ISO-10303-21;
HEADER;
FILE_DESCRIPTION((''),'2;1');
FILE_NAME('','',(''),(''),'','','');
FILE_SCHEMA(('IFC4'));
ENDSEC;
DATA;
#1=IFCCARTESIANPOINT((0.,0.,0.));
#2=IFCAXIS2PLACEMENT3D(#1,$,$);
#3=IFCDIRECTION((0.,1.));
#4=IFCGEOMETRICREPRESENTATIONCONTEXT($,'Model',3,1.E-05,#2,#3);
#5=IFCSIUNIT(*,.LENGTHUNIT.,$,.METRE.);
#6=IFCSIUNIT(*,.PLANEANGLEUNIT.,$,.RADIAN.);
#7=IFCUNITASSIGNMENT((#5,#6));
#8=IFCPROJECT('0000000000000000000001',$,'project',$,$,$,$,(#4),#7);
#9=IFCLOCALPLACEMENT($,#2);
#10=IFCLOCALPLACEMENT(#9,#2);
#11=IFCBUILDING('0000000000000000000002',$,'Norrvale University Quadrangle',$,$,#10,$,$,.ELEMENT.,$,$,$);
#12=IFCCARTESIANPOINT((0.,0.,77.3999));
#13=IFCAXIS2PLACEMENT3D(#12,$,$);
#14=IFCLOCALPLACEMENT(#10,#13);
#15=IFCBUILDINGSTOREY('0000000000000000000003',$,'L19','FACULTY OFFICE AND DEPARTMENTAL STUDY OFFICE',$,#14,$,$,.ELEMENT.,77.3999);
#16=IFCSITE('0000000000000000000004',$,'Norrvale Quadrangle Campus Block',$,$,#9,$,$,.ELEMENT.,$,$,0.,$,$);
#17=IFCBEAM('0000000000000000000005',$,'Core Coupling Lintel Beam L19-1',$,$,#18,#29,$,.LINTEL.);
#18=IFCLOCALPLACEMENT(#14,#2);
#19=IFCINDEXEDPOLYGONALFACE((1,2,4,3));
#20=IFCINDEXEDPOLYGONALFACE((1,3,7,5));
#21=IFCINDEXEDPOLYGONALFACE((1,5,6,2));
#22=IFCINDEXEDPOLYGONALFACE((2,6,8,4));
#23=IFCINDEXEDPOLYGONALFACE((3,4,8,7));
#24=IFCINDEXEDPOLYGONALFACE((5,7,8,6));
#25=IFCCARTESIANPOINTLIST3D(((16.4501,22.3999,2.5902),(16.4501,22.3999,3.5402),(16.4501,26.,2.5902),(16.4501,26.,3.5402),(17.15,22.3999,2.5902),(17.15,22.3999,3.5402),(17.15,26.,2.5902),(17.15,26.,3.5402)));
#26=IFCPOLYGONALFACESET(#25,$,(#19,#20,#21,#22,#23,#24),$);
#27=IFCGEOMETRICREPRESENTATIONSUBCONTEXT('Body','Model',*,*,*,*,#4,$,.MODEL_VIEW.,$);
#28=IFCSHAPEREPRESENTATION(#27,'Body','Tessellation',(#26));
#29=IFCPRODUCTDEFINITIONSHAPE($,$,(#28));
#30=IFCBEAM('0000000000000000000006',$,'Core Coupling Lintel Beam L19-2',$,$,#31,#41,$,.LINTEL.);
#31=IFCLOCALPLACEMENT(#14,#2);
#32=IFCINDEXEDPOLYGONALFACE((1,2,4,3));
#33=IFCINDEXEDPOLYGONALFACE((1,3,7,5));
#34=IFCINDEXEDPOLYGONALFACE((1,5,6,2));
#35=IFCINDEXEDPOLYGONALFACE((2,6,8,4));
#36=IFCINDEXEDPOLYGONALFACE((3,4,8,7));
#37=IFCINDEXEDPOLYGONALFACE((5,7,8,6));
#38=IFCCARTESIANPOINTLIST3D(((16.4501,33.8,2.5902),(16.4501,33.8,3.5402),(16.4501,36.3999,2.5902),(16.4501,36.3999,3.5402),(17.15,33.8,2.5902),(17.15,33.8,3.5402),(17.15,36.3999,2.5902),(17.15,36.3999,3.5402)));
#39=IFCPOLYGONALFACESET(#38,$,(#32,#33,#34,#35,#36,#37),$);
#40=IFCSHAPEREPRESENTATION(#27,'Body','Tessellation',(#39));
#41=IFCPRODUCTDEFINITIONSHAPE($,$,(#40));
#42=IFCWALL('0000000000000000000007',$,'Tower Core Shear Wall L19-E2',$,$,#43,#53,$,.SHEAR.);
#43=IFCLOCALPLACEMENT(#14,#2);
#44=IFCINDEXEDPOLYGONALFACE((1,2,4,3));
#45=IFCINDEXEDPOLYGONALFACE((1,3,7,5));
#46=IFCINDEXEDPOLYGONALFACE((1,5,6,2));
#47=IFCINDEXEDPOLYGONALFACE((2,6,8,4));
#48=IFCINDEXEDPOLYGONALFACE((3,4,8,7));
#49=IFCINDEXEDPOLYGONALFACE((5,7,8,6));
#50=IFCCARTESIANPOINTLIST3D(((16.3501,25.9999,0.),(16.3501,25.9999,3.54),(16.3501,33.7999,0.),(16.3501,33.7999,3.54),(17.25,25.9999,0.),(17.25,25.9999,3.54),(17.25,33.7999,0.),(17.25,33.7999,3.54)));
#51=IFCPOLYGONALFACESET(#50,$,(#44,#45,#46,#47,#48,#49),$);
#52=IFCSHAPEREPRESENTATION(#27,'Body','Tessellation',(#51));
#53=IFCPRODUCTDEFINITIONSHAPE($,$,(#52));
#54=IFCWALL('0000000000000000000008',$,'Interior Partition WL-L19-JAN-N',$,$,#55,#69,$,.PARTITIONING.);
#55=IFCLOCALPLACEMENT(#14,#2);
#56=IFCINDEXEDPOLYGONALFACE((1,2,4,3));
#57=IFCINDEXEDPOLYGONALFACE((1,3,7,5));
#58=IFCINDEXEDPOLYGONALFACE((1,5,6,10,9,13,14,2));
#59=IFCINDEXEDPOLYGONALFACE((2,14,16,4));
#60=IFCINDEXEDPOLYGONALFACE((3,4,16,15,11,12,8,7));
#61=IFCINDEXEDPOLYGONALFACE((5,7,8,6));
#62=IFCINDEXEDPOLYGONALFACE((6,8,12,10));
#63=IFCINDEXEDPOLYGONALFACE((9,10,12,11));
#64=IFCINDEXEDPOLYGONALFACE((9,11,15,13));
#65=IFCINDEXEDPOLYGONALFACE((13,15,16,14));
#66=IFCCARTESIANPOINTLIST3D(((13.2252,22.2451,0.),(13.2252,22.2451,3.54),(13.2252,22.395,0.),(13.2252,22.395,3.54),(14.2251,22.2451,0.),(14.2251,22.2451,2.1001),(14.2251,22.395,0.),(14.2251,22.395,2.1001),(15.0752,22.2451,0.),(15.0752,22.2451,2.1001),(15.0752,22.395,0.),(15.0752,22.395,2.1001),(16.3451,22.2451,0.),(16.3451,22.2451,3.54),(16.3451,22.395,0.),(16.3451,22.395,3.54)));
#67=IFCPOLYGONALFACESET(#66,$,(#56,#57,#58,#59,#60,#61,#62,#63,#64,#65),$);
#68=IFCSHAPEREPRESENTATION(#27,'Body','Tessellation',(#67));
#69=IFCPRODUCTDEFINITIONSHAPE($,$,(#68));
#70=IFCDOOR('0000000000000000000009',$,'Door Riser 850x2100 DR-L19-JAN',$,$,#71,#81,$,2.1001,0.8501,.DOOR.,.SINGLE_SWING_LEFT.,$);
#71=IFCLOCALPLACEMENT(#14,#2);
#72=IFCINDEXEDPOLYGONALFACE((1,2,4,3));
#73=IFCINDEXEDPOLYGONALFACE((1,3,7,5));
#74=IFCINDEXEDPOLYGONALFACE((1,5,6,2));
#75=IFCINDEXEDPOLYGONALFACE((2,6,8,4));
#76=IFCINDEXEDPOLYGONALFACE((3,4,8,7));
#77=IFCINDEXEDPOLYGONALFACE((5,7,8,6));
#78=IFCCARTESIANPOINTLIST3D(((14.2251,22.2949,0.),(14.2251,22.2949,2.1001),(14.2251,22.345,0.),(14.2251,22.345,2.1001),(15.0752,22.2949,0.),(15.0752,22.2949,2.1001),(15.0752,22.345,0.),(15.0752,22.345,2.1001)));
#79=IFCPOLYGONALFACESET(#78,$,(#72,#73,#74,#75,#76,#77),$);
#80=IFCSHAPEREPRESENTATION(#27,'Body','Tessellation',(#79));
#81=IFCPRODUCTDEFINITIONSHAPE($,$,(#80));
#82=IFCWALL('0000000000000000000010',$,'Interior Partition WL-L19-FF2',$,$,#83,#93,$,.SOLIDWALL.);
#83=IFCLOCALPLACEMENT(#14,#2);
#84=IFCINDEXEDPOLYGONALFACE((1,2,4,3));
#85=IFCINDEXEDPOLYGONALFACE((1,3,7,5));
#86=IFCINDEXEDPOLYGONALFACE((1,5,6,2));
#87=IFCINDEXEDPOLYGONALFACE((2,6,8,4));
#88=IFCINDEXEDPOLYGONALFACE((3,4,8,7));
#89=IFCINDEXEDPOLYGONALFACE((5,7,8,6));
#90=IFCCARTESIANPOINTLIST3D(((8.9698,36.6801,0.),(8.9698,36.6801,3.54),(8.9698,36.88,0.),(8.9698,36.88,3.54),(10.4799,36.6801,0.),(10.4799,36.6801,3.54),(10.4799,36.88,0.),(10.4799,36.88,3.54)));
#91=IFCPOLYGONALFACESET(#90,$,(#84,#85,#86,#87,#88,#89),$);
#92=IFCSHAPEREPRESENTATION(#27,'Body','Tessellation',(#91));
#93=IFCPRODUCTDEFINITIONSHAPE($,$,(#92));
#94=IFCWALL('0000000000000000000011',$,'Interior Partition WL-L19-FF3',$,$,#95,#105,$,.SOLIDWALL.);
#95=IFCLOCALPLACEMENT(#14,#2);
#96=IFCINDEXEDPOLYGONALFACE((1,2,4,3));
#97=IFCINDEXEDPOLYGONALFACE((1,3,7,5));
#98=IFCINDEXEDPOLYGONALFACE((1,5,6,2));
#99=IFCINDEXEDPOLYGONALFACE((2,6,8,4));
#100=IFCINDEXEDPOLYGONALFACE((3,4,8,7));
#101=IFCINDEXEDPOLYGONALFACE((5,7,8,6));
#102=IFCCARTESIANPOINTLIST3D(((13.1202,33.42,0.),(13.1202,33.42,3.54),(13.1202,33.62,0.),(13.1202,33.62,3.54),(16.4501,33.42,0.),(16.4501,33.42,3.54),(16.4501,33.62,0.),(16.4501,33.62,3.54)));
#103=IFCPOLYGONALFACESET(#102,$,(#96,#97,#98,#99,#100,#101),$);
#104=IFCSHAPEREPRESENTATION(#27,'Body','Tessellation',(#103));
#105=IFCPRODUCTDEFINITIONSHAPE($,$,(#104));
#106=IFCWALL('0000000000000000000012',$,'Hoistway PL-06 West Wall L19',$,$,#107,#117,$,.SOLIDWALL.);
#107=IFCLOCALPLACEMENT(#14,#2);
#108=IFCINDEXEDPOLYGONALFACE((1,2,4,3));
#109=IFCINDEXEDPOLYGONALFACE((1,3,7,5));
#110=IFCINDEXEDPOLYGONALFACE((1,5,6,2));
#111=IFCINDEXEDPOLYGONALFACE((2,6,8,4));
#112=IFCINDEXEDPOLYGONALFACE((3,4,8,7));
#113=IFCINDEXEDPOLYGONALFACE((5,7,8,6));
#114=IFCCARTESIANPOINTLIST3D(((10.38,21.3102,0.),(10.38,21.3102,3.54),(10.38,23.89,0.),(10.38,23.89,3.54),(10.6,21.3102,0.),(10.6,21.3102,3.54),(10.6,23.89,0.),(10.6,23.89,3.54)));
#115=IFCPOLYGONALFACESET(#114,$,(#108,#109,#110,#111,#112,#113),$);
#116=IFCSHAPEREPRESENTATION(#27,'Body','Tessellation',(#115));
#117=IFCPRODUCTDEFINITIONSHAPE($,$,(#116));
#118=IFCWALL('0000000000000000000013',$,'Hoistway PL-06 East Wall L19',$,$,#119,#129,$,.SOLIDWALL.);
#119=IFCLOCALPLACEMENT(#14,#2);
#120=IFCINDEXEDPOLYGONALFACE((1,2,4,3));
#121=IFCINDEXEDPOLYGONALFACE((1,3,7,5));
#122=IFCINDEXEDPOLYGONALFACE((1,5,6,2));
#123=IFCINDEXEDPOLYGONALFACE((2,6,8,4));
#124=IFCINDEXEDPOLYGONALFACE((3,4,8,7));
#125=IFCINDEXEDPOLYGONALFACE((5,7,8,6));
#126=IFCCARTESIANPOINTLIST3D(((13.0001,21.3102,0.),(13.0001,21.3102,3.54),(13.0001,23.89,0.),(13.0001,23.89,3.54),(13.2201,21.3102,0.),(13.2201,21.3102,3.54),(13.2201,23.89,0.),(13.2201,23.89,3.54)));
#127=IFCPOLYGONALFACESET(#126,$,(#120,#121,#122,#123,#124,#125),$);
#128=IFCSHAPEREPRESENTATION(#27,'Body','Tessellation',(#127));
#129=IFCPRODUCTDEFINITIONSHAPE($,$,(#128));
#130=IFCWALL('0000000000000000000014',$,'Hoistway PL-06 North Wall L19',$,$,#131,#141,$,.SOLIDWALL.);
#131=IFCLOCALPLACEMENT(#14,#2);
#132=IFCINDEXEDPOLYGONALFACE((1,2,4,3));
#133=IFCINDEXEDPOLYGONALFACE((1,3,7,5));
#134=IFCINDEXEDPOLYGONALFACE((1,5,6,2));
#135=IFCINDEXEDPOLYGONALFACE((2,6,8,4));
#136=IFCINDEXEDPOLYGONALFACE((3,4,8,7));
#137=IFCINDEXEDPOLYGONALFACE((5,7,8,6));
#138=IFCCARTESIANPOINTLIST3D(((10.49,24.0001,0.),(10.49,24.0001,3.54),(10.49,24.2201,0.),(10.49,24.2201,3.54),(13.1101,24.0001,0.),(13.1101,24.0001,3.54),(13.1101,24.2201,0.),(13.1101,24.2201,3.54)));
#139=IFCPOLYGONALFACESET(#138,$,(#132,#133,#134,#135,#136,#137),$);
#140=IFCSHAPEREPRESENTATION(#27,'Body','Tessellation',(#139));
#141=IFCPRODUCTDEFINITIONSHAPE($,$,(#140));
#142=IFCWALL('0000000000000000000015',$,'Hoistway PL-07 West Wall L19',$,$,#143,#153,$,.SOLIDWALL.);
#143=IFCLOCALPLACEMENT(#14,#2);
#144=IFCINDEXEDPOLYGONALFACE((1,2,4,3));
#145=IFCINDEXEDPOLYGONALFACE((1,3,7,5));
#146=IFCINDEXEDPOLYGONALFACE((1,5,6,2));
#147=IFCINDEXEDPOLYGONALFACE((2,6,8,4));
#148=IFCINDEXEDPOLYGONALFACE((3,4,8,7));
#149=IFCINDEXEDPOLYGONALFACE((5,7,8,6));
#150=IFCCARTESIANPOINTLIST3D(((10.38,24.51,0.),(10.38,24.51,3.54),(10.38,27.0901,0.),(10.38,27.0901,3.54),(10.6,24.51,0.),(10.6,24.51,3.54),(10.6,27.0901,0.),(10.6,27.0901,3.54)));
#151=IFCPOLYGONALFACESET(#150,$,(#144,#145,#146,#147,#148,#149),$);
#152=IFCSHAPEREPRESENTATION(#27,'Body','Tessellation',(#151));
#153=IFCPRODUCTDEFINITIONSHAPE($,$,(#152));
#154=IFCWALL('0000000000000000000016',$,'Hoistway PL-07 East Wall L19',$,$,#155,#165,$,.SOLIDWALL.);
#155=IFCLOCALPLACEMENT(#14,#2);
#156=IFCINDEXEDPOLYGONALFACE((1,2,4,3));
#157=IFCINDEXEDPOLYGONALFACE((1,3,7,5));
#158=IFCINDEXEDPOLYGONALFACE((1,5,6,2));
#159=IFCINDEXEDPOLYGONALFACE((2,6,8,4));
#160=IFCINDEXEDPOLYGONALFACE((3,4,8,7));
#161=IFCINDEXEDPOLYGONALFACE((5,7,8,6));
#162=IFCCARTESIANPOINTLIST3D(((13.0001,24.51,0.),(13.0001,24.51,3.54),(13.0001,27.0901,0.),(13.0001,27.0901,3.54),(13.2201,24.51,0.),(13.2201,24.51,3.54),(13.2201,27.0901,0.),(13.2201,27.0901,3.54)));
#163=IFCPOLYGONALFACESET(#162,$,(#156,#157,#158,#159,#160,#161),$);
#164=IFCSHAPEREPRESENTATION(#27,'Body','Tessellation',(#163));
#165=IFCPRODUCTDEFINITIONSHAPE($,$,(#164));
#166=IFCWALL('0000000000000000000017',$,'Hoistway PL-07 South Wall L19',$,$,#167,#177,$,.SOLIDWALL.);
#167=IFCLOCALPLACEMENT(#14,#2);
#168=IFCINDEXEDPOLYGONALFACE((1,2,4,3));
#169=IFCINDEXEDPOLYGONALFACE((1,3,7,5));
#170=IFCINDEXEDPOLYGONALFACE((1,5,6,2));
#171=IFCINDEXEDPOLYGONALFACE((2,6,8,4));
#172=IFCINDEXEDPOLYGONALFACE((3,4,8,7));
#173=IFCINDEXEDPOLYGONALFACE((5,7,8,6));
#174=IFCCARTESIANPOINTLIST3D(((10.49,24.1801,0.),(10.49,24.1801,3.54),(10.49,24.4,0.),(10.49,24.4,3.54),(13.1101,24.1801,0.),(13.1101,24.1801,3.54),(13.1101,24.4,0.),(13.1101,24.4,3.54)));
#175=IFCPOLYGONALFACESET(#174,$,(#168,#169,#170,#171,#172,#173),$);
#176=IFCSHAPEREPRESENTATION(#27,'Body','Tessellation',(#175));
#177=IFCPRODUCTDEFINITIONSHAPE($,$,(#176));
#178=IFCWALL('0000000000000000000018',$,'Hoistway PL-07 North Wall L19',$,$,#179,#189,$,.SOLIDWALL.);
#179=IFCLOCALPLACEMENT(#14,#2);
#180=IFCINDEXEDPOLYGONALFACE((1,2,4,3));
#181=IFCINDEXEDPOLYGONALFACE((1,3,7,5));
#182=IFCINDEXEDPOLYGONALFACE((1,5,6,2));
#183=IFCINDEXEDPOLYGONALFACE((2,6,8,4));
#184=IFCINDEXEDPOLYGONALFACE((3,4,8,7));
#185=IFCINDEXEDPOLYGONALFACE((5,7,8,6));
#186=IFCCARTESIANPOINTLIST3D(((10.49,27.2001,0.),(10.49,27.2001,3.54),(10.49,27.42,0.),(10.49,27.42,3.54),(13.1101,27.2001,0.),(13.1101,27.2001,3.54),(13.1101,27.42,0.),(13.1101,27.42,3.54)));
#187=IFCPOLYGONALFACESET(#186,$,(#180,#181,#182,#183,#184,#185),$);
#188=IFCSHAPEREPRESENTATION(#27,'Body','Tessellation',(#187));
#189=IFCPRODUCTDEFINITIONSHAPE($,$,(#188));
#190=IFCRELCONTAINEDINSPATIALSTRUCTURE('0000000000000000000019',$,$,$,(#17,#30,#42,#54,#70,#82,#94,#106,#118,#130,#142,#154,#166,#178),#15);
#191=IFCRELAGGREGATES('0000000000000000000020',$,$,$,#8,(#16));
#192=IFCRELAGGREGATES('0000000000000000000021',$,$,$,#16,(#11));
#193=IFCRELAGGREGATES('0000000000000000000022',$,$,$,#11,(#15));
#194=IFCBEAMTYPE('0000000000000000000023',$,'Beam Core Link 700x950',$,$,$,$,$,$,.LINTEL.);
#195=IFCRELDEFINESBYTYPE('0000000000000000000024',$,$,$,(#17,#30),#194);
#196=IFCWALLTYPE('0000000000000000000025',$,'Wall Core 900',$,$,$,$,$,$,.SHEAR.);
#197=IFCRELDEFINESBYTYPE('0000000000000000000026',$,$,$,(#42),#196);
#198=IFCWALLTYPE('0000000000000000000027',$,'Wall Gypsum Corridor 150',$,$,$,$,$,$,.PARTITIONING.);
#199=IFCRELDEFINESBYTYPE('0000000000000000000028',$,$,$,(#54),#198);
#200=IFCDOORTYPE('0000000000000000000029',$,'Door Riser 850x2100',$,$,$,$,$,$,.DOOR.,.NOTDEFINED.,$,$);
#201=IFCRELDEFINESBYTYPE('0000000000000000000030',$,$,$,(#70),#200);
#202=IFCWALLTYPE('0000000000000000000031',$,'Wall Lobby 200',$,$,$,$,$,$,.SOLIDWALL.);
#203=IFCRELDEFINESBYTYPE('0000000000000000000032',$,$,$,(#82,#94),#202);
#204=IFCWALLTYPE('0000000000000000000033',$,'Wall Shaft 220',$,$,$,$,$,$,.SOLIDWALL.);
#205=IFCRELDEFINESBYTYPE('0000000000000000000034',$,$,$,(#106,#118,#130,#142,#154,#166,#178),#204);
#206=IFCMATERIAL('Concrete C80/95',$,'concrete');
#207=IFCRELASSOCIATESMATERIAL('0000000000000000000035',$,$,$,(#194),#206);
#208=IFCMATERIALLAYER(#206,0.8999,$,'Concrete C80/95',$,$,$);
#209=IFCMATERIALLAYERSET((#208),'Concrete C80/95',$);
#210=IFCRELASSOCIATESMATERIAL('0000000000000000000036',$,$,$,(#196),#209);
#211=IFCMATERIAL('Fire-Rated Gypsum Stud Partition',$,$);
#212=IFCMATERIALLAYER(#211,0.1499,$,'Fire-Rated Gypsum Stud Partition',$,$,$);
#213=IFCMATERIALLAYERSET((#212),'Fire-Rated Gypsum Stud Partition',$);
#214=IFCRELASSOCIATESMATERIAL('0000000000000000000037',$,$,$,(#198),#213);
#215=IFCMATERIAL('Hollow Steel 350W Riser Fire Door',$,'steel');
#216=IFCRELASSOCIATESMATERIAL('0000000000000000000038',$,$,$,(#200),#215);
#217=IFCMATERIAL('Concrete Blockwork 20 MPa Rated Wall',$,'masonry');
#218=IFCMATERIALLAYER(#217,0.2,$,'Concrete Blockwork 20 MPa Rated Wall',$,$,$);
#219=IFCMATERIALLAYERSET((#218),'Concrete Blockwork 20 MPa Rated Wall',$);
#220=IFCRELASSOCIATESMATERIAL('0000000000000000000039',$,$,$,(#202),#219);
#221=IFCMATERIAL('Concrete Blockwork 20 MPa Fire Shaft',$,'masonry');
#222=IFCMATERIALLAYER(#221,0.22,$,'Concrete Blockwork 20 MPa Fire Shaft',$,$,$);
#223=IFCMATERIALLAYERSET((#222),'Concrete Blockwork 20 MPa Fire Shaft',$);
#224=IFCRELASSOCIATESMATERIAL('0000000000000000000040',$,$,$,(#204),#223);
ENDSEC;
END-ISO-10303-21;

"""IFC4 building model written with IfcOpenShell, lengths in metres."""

from ifc_helpers import new_model, si_unit, direction, frame, frame_2d, origin, origin_2d, place, context, subcontext, project, spatial, rectangle, extrude, material, layer, layer_set, material_profile, profile_set, type_object, element, fill, save


model = new_model("IFC4")

# Units and contexts
model_context = context("Model", 3, precision=1e-05, world=origin(), true_north=direction((0.0, 1.0)))
body_context = subcontext(model_context, "Body", "Model", "MODEL_VIEW")
ifc_project = project(units=[si_unit("LENGTHUNIT", "METRE"), si_unit("PLANEANGLEUNIT", "RADIAN")], contexts=[model_context])

# Site, building, storey
site_placement = place(None, origin())
site = spatial("IfcSite", under=ifc_project, at=site_placement, Name="Norrvale Quadrangle Campus Block", CompositionType="ELEMENT", RefElevation=0.0)
building_placement = place(site_placement, origin())
building = spatial("IfcBuilding", under=site, at=building_placement, Name="Norrvale University Quadrangle", CompositionType="ELEMENT")
storey_placement = place(building_placement, frame((0.0, 0.0, 77.3999)))
storey = spatial("IfcBuildingStorey", under=building, at=storey_placement, Name="L19", Description="FACULTY OFFICE AND DEPARTMENTAL STUDY OFFICE", CompositionType="ELEMENT", Elevation=77.3999)

# Beams
ifc_material_1 = material(Name="Concrete C80/95", Category="concrete")
ifc_material_profile = material_profile(ifc_material_1, rectangle(XDim=0.7, YDim=0.95, at=origin_2d()), Name="Concrete C80/95")
ifc_profile_set = profile_set([ifc_material_profile], Name="Concrete C80/95")
beam_type = type_object("IfcBeamType", Name="Beam Core Link 700x950", PredefinedType="LINTEL", material=ifc_profile_set)
beam_1_placement = place(storey_placement, frame((16.8, 22.3999, 3.0652), z_axis=(0.0, 1.0, 0.0), x_axis=(-1.0, 0.0, 0.0)))
element("IfcBeam", 1, at=beam_1_placement, inside=storey, type_object=beam_type, Name="Core Coupling Lintel Beam L19-1", PredefinedType="LINTEL", context=body_context, shape_type="SweptSolid", body=[
    extrude(rectangle(XDim=0.7, YDim=0.95, at=origin_2d()), origin(), (0.0, 0.0, 1.0), 3.6001),
])
beam_2_placement = place(storey_placement, frame((16.8, 33.8, 3.0652), z_axis=(0.0, 1.0, 0.0), x_axis=(-1.0, 0.0, 0.0)))
element("IfcBeam", 2, at=beam_2_placement, inside=storey, type_object=beam_type, Name="Core Coupling Lintel Beam L19-2", PredefinedType="LINTEL", context=body_context, shape_type="SweptSolid", body=[
    extrude(rectangle(XDim=0.7, YDim=0.95, at=origin_2d()), origin(), (0.0, 0.0, 1.0), 2.5999),
])

# Wall
ifc_layer_1 = layer(ifc_material_1, 0.8999, Name="Concrete C80/95")
ifc_layer_set_1 = layer_set([ifc_layer_1], Name="Concrete C80/95")
wall_type_1 = type_object("IfcWallType", Name="Wall Core 900", PredefinedType="SHEAR", material=ifc_layer_set_1)
wall_1_placement = place(storey_placement, frame((16.8, 26.0, 0.0), z_axis=(0.0, 0.0, 1.0), x_axis=(0.0, 1.0, 0.0)))
element("IfcWall", 3, at=wall_1_placement, inside=storey, type_object=wall_type_1, Name="Tower Core Shear Wall L19-E2", PredefinedType="SHEAR", context=body_context, shape_type="SweptSolid", body=[
    extrude(rectangle(XDim=7.8, YDim=0.8999, at=frame_2d((3.8999, 0.0))), origin(), (0.0, 0.0, 1.0), 3.54),
])

# Wall, opening, door
ifc_material_2 = material(Name="Fire-Rated Gypsum Stud Partition")
ifc_layer_2 = layer(ifc_material_2, 0.1499, Name="Fire-Rated Gypsum Stud Partition")
ifc_layer_set_2 = layer_set([ifc_layer_2], Name="Fire-Rated Gypsum Stud Partition")
wall_type_2 = type_object("IfcWallType", Name="Wall Gypsum Corridor 150", PredefinedType="PARTITIONING", material=ifc_layer_set_2)
wall_2_placement = place(storey_placement, frame((13.2251, 22.3201, 0.0), z_axis=(0.0, 0.0, 1.0), x_axis=(1.0, 0.0, 0.0)))
wall_2 = element("IfcWall", 4, at=wall_2_placement, inside=storey, type_object=wall_type_2, Name="Interior Partition WL-L19-JAN-N", PredefinedType="PARTITIONING", context=body_context, shape_type="SweptSolid", body=[
    extrude(rectangle(XDim=3.1199, YDim=0.1499, at=frame_2d((1.5601, 0.0))), origin(), (0.0, 0.0, 1.0), 3.54),
])
opening_1_placement = place(wall_2_placement, frame((1.0, 0.0, 0.0)))
opening_1 = element("IfcOpeningElement", 5, at=opening_1_placement, cuts=wall_2, PredefinedType="OPENING", context=body_context, shape_type="SweptSolid", body=[
    extrude(rectangle(XDim=0.8501, YDim=2.1001, at=frame_2d((0.425, 1.05))), frame((0.0, 0.0869, 0.0), z_axis=(0.0, -1.0, 0.0), x_axis=(1.0, 0.0, 0.0)), (0.0, 0.0, 1.0), 0.1738),
])
ifc_material_3 = material(Name="Hollow Steel 350W Riser Fire Door", Category="steel")
door_type_1 = type_object("IfcDoorType", Name="Door Riser 850x2100", OperationType="NOTDEFINED", PredefinedType="DOOR", material=ifc_material_3)
door_1_placement = place(opening_1_placement, origin())
door_1 = element("IfcDoor", 6, at=door_1_placement, inside=storey, type_object=door_type_1, Name="Door Riser 850x2100 DR-L19-JAN", OperationType="SINGLE_SWING_LEFT", OverallHeight=2.1001, OverallWidth=0.8501, PredefinedType="DOOR", context=body_context, shape_type="SweptSolid", body=[
    extrude(rectangle(XDim=0.8501, YDim=2.1001, at=frame_2d((0.425, 1.05))), frame((0.0, 0.0249, 0.0), z_axis=(0.0, -1.0, 0.0), x_axis=(1.0, 0.0, 0.0)), (0.0, 0.0, 1.0), 0.05),
])
fill(opening_1, door_1)

# Walls
ifc_material_4 = material(Name="Concrete Blockwork 20 MPa Rated Wall", Category="masonry")
ifc_layer_3 = layer(ifc_material_4, 0.2, Name="Concrete Blockwork 20 MPa Rated Wall")
ifc_layer_set_3 = layer_set([ifc_layer_3], Name="Concrete Blockwork 20 MPa Rated Wall")
wall_type_3 = type_object("IfcWallType", Name="Wall Lobby 200", PredefinedType="SOLIDWALL", material=ifc_layer_set_3)
wall_3_placement = place(storey_placement, frame((8.97, 36.78, 0.0), z_axis=(0.0, 0.0, 1.0), x_axis=(1.0, 0.0, 0.0)))
element("IfcWall", 7, at=wall_3_placement, inside=storey, type_object=wall_type_3, Name="Interior Partition WL-L19-FF2", PredefinedType="SOLIDWALL", context=body_context, shape_type="SweptSolid", body=[
    extrude(rectangle(XDim=1.51, YDim=0.2, at=frame_2d((0.7549, 0.0))), origin(), (0.0, 0.0, 1.0), 3.54),
])
wall_4_placement = place(storey_placement, frame((13.1201, 33.52, 0.0), z_axis=(0.0, 0.0, 1.0), x_axis=(1.0, 0.0, 0.0)))
element("IfcWall", 8, at=wall_4_placement, inside=storey, type_object=wall_type_3, Name="Interior Partition WL-L19-FF3", PredefinedType="SOLIDWALL", context=body_context, shape_type="SweptSolid", body=[
    extrude(rectangle(XDim=3.3298, YDim=0.2, at=frame_2d((1.665, 0.0))), origin(), (0.0, 0.0, 1.0), 3.54),
])
ifc_material_5 = material(Name="Concrete Blockwork 20 MPa Fire Shaft", Category="masonry")
ifc_layer_4 = layer(ifc_material_5, 0.22, Name="Concrete Blockwork 20 MPa Fire Shaft")
ifc_layer_set_4 = layer_set([ifc_layer_4], Name="Concrete Blockwork 20 MPa Fire Shaft")
wall_type_4 = type_object("IfcWallType", Name="Wall Shaft 220", PredefinedType="SOLIDWALL", material=ifc_layer_set_4)
for number, where, z_axis, x_axis, name in (
    (9, (10.49, 21.3101, 0.0), (0.0, 0.0, 1.0), (0.0, 1.0, 0.0), "Hoistway PL-06 West Wall L19"),
    (10, (13.1101, 21.3101, 0.0), (0.0, 0.0, 1.0), (0.0, 1.0, 0.0), "Hoistway PL-06 East Wall L19"),
):
    element("IfcWall", number, at=place(storey_placement, frame(where, z_axis=z_axis, x_axis=x_axis)), inside=storey, type_object=wall_type_4, Name=name, PredefinedType="SOLIDWALL", context=body_context, shape_type="SweptSolid", body=[
        extrude(rectangle(XDim=2.5798, YDim=0.22, at=frame_2d((1.29, 0.0))), origin(), (0.0, 0.0, 1.0), 3.54),
    ])
wall_5_placement = place(storey_placement, frame((10.49, 24.1101, 0.0), z_axis=(0.0, 0.0, 1.0), x_axis=(1.0, 0.0, 0.0)))
element("IfcWall", 11, at=wall_5_placement, inside=storey, type_object=wall_type_4, Name="Hoistway PL-06 North Wall L19", PredefinedType="SOLIDWALL", context=body_context, shape_type="SweptSolid", body=[
    extrude(rectangle(XDim=2.6201, YDim=0.22, at=frame_2d((1.3101, 0.0))), origin(), (0.0, 0.0, 1.0), 3.54),
])
for number, where, z_axis, x_axis, name in (
    (12, (10.49, 24.51, 0.0), (0.0, 0.0, 1.0), (0.0, 1.0, 0.0), "Hoistway PL-07 West Wall L19"),
    (13, (13.1101, 24.51, 0.0), (0.0, 0.0, 1.0), (0.0, 1.0, 0.0), "Hoistway PL-07 East Wall L19"),
):
    element("IfcWall", number, at=place(storey_placement, frame(where, z_axis=z_axis, x_axis=x_axis)), inside=storey, type_object=wall_type_4, Name=name, PredefinedType="SOLIDWALL", context=body_context, shape_type="SweptSolid", body=[
        extrude(rectangle(XDim=2.5801, YDim=0.22, at=frame_2d((1.29, 0.0))), origin(), (0.0, 0.0, 1.0), 3.54),
    ])
for number, where, z_axis, x_axis, name in (
    (14, (10.49, 24.29, 0.0), (0.0, 0.0, 1.0), (1.0, 0.0, 0.0), "Hoistway PL-07 South Wall L19"),
    (15, (10.49, 27.3101, 0.0), (0.0, 0.0, 1.0), (1.0, 0.0, 0.0), "Hoistway PL-07 North Wall L19"),
):
    element("IfcWall", number, at=place(storey_placement, frame(where, z_axis=z_axis, x_axis=x_axis)), inside=storey, type_object=wall_type_4, Name=name, PredefinedType="SOLIDWALL", context=body_context, shape_type="SweptSolid", body=[
        extrude(rectangle(XDim=2.6201, YDim=0.22, at=frame_2d((1.3101, 0.0))), origin(), (0.0, 0.0, 1.0), 3.54),
    ])

save(model, "model.ifc")
